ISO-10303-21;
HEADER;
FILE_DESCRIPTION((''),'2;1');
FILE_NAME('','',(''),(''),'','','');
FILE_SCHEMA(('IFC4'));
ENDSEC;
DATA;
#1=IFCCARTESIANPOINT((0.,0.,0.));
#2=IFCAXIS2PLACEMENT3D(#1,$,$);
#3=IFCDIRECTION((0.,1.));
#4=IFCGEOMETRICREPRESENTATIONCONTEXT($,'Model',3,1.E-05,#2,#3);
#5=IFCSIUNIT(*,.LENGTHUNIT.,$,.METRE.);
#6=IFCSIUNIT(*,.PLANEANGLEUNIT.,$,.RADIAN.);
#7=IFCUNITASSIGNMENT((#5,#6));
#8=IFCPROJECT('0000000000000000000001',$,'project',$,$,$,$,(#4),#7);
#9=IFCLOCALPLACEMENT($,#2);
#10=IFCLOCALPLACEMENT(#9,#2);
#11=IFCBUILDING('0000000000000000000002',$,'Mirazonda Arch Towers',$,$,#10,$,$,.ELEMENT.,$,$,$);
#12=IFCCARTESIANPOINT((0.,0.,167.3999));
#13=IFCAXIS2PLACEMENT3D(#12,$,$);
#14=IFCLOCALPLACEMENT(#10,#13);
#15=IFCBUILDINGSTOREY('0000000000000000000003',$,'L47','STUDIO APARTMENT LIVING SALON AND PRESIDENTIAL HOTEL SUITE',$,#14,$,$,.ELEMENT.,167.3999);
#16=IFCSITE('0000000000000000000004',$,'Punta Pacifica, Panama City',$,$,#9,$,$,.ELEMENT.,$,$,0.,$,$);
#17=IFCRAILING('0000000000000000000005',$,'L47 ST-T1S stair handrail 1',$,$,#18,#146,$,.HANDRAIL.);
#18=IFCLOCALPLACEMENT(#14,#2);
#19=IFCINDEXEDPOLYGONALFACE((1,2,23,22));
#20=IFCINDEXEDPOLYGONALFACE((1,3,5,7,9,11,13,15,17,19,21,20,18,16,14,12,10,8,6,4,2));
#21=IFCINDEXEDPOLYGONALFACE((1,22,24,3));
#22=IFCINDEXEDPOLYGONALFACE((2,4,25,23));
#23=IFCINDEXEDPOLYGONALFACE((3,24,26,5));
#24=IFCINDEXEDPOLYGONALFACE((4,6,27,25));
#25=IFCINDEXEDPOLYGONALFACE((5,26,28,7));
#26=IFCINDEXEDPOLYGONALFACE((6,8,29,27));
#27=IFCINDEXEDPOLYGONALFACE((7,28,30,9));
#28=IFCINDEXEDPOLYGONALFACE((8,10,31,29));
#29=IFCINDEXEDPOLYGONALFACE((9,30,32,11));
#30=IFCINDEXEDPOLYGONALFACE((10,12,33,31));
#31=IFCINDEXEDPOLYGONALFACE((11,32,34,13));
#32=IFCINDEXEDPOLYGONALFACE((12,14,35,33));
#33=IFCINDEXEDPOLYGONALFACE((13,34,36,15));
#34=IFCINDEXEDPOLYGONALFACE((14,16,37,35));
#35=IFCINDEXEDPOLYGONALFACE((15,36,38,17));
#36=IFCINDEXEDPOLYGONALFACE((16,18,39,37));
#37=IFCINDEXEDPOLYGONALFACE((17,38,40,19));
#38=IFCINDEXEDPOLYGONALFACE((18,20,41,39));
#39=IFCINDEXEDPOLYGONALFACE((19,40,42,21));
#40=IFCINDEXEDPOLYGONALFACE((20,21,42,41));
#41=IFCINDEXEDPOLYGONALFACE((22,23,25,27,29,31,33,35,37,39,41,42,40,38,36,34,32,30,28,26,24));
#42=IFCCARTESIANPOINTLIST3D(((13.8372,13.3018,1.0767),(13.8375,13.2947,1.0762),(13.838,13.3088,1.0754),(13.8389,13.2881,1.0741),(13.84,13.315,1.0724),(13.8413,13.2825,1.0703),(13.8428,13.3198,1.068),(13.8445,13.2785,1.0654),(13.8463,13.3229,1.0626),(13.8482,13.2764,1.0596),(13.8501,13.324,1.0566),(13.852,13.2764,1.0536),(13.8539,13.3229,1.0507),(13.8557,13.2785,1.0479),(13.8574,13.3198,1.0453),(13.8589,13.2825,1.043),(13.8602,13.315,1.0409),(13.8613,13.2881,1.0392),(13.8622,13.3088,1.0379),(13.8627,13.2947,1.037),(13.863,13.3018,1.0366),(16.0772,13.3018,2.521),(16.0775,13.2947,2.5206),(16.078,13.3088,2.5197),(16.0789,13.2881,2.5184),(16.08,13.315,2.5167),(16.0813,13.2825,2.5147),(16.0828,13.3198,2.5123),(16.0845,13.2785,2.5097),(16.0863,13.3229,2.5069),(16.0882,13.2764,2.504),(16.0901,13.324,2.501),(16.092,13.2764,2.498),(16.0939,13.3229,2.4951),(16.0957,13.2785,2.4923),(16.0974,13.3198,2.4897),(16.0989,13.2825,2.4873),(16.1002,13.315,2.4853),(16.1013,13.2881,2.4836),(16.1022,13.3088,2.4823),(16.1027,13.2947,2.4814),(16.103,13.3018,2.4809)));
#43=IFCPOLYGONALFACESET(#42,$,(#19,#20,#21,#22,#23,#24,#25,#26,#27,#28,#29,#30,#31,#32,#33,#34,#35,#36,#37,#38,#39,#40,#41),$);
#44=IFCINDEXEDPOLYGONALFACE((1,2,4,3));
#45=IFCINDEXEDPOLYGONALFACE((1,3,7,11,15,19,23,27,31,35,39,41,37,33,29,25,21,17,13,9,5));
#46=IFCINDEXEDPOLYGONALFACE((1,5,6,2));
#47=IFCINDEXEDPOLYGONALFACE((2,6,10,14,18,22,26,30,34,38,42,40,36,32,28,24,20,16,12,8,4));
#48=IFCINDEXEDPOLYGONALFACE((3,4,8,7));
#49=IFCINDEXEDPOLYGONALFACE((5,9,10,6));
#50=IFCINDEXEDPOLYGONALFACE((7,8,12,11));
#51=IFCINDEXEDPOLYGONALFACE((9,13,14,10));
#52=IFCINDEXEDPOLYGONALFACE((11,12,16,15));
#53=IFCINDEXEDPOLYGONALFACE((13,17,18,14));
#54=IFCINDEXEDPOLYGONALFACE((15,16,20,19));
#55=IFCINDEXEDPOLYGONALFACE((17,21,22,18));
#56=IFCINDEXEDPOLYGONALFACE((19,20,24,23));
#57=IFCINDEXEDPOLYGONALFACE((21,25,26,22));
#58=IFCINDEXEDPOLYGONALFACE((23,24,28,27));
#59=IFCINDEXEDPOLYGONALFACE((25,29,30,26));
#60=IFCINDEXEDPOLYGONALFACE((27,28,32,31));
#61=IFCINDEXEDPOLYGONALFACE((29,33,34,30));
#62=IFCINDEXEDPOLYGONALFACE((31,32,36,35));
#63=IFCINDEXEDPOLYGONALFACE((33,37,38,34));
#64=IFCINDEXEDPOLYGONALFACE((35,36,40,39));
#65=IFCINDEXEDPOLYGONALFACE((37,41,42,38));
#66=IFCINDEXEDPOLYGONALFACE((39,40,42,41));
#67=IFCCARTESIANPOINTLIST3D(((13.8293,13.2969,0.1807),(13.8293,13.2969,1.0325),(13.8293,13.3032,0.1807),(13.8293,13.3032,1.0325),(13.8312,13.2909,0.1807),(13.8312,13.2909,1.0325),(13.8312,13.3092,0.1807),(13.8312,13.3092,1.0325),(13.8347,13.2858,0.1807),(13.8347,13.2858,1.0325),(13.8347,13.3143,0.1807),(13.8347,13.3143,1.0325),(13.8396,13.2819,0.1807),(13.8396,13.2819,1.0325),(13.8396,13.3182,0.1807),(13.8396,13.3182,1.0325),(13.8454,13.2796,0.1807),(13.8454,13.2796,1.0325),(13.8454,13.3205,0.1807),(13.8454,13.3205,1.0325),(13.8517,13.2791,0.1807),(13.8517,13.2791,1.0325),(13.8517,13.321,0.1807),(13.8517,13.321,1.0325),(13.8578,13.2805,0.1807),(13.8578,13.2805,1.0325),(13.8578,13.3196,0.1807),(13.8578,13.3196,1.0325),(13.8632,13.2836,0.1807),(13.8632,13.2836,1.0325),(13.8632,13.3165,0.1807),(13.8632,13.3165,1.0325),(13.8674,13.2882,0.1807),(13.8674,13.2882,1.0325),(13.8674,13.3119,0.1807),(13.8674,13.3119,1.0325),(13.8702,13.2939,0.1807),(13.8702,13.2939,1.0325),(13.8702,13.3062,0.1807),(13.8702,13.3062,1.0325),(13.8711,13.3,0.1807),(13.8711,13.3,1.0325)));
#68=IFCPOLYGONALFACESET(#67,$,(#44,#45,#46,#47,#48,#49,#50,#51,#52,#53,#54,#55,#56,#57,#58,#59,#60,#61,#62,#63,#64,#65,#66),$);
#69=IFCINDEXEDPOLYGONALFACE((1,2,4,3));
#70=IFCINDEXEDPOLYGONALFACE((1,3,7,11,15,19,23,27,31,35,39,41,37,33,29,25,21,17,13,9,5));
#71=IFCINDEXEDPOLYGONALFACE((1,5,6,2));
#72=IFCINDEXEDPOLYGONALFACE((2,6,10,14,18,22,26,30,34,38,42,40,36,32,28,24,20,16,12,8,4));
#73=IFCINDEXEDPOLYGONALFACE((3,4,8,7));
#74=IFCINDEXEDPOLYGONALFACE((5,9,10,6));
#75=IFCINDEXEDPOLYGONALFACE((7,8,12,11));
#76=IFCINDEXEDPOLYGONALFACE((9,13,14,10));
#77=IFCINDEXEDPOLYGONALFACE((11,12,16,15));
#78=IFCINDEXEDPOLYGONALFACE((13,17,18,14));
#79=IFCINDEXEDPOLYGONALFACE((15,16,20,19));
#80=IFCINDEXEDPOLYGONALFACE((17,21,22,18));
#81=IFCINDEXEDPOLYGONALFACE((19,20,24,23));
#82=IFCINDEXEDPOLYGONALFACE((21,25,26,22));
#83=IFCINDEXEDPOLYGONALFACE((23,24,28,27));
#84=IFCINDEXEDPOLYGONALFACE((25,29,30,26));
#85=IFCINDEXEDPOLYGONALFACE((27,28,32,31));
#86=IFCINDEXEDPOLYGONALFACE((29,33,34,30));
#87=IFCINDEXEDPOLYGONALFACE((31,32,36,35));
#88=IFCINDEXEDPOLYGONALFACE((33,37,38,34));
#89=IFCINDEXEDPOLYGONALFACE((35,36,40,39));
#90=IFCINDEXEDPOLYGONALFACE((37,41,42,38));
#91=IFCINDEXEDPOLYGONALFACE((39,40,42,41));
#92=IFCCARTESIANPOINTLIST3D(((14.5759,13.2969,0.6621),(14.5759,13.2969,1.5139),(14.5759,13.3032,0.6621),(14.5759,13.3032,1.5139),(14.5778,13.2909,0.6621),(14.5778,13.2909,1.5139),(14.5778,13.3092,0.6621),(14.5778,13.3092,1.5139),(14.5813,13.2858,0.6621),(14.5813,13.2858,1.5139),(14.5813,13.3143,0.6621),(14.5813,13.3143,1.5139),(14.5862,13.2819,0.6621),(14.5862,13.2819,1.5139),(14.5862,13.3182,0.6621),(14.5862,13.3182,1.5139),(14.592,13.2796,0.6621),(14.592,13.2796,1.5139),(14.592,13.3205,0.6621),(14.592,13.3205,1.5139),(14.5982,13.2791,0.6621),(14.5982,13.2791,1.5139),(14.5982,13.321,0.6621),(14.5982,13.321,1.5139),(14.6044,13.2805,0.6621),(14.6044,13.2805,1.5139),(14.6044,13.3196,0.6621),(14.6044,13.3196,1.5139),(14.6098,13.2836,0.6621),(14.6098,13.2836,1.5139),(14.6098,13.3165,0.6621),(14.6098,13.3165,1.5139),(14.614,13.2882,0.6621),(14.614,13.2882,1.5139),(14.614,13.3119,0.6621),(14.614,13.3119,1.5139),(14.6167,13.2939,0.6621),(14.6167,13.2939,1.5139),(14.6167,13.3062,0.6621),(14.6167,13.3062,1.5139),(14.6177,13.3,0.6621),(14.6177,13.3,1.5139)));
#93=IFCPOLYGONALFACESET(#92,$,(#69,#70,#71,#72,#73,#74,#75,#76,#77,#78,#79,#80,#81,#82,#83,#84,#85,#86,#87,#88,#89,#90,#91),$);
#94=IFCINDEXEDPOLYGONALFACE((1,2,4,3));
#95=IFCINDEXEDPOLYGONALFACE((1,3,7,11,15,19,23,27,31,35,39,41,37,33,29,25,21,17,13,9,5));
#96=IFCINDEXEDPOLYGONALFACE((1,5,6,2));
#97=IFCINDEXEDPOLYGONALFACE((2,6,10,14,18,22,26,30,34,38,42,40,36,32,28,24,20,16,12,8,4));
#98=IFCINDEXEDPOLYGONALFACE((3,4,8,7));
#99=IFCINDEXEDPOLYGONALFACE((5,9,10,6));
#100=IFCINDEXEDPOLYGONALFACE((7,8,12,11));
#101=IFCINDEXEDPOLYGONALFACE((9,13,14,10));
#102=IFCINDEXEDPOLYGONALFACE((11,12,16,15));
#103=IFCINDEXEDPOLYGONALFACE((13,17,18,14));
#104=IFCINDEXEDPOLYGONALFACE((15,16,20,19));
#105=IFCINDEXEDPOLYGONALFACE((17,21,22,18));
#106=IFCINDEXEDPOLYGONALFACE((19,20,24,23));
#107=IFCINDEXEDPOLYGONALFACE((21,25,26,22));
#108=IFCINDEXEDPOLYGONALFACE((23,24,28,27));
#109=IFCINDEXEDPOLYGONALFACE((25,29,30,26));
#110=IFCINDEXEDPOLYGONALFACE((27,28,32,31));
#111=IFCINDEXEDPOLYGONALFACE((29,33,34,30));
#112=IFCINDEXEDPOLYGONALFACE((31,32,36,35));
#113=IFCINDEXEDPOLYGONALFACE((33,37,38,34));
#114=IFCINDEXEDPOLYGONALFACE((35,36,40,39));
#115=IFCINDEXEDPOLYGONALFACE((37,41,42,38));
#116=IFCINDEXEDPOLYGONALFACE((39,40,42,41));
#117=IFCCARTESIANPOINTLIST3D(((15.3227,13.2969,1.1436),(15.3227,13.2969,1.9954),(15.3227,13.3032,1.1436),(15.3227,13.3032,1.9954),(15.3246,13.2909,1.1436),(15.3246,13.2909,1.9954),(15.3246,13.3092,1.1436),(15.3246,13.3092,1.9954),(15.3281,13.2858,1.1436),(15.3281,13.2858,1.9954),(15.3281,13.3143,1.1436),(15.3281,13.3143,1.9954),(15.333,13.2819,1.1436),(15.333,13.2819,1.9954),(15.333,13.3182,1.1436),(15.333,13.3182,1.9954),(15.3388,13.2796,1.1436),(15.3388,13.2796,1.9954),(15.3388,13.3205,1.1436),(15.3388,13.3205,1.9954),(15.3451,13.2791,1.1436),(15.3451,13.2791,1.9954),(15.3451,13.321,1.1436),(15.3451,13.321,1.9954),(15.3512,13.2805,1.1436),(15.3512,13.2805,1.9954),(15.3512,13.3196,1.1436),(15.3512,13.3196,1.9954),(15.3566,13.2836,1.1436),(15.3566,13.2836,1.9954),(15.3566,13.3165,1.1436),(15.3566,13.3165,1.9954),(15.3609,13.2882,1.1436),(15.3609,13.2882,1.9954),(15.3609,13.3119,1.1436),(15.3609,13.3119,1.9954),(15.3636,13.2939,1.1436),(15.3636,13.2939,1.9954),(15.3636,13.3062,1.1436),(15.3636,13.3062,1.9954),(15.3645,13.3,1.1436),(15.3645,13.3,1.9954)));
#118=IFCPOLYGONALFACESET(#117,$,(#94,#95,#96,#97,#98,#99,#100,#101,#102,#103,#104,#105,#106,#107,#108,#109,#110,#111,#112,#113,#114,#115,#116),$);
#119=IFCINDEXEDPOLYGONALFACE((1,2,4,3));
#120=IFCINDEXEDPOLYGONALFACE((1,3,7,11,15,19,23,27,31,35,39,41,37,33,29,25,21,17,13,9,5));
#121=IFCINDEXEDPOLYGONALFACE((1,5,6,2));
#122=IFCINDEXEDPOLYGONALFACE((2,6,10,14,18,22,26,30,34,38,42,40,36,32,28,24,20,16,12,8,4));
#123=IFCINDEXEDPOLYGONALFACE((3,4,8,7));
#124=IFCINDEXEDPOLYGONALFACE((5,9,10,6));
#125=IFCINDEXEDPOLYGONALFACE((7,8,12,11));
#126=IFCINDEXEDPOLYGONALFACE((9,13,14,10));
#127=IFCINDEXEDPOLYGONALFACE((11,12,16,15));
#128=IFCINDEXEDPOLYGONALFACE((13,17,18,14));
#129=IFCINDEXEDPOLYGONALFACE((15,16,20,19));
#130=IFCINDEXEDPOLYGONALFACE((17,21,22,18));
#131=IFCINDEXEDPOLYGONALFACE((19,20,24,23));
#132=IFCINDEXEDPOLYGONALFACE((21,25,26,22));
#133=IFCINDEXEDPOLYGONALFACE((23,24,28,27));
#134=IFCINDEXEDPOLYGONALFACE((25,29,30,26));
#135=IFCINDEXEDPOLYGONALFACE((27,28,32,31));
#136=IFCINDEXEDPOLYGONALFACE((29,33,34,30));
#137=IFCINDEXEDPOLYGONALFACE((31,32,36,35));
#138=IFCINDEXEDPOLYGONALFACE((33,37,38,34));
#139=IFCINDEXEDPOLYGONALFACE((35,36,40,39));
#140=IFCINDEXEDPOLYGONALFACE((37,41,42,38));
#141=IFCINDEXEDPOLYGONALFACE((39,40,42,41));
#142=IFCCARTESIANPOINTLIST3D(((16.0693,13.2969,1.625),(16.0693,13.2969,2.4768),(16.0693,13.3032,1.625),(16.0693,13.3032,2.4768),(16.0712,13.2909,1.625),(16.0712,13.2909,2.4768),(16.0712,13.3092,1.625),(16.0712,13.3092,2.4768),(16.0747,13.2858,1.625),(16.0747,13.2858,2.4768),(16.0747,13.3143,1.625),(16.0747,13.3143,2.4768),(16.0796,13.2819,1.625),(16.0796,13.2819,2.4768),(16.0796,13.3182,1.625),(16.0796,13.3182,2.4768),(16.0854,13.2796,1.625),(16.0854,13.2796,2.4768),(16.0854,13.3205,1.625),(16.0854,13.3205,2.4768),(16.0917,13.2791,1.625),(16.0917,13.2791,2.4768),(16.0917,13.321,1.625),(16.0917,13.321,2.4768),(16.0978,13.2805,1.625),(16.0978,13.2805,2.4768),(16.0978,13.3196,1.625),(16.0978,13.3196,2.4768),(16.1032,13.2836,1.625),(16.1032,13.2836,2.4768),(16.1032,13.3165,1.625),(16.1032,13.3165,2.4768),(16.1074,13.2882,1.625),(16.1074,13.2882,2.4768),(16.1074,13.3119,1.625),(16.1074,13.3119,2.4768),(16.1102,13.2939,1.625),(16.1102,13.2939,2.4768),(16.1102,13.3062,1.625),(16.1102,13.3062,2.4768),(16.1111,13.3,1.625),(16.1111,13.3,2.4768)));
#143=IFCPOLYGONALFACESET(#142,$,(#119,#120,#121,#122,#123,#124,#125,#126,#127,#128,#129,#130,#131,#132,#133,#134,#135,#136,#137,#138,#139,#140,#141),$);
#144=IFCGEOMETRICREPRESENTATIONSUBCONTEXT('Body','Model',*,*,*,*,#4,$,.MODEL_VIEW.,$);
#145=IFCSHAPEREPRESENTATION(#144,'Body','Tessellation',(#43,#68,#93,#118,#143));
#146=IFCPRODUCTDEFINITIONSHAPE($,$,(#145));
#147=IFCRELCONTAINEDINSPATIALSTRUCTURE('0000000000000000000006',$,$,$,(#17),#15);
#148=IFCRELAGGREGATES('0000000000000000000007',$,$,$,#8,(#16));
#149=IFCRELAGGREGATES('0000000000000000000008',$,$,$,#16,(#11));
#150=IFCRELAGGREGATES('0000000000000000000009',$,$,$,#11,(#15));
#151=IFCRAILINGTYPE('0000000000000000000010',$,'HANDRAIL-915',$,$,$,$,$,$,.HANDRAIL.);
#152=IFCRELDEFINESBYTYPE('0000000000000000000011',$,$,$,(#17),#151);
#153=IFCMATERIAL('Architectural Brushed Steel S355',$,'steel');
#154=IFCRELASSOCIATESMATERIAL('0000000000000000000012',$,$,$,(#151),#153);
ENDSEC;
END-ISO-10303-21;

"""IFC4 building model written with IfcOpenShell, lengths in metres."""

from ifc_helpers import new_model, si_unit, direction, frame, origin, origin_2d, place, context, subcontext, project, spatial, circle, extrude, material, type_object, element, save


model = new_model("IFC4")

# Units and contexts
model_context = context("Model", 3, precision=1e-05, world=origin(), true_north=direction((0.0, 1.0)))
body_context = subcontext(model_context, "Body", "Model", "MODEL_VIEW")
ifc_project = project(units=[si_unit("LENGTHUNIT", "METRE"), si_unit("PLANEANGLEUNIT", "RADIAN")], contexts=[model_context])

# Site, building, storey
site_placement = place(None, origin())
site = spatial("IfcSite", under=ifc_project, at=site_placement, Name="Punta Pacifica, Panama City", CompositionType="ELEMENT", RefElevation=0.0)
building_placement = place(site_placement, origin())
building = spatial("IfcBuilding", under=site, at=building_placement, Name="Mirazonda Arch Towers", CompositionType="ELEMENT")
storey_placement = place(building_placement, frame((0.0, 0.0, 167.3999)))
storey = spatial("IfcBuildingStorey", under=building, at=storey_placement, Name="L47", Description="STUDIO APARTMENT LIVING SALON AND PRESIDENTIAL HOTEL SUITE", CompositionType="ELEMENT", Elevation=167.3999)

# Shared definitions
ifc_material_1 = material(Name="Architectural Brushed Steel S355", Category="steel")

# Railing
railing_type_1 = type_object("IfcRailingType", Name="HANDRAIL-915", PredefinedType="HANDRAIL", material=ifc_material_1)
railing_1_placement = place(storey_placement, frame((13.8501, 13.3, 0.1807)))
element("IfcRailing", 1, at=railing_1_placement, inside=storey, type_object=railing_type_1, Name="L47 ST-T1S stair handrail 1", PredefinedType="HANDRAIL", context=body_context, shape_type="SweptSolid", body=[
    extrude(circle(Radius=0.0239, at=origin_2d()), frame((0.0, 0.0, 0.876), z_axis=(0.840437, 0.0, 0.54191), x_axis=(0.0, 1.0, 0.0)), (0.0, 0.0, 1.0), 2.6653),
    extrude(circle(Radius=0.021, at=origin_2d()), origin(), (0.0, 0.0, 1.0), 0.8518),
    extrude(circle(Radius=0.021, at=origin_2d()), frame((0.7466, 0.0, 0.4814)), (0.0, 0.0, 1.0), 0.8518),
    extrude(circle(Radius=0.021, at=origin_2d()), frame((1.4934, 0.0, 0.9629)), (0.0, 0.0, 1.0), 0.8518),
    extrude(circle(Radius=0.021, at=origin_2d()), frame((2.24, 0.0, 1.4443)), (0.0, 0.0, 1.0), 0.8518),
])

save(model, "model.ifc")
